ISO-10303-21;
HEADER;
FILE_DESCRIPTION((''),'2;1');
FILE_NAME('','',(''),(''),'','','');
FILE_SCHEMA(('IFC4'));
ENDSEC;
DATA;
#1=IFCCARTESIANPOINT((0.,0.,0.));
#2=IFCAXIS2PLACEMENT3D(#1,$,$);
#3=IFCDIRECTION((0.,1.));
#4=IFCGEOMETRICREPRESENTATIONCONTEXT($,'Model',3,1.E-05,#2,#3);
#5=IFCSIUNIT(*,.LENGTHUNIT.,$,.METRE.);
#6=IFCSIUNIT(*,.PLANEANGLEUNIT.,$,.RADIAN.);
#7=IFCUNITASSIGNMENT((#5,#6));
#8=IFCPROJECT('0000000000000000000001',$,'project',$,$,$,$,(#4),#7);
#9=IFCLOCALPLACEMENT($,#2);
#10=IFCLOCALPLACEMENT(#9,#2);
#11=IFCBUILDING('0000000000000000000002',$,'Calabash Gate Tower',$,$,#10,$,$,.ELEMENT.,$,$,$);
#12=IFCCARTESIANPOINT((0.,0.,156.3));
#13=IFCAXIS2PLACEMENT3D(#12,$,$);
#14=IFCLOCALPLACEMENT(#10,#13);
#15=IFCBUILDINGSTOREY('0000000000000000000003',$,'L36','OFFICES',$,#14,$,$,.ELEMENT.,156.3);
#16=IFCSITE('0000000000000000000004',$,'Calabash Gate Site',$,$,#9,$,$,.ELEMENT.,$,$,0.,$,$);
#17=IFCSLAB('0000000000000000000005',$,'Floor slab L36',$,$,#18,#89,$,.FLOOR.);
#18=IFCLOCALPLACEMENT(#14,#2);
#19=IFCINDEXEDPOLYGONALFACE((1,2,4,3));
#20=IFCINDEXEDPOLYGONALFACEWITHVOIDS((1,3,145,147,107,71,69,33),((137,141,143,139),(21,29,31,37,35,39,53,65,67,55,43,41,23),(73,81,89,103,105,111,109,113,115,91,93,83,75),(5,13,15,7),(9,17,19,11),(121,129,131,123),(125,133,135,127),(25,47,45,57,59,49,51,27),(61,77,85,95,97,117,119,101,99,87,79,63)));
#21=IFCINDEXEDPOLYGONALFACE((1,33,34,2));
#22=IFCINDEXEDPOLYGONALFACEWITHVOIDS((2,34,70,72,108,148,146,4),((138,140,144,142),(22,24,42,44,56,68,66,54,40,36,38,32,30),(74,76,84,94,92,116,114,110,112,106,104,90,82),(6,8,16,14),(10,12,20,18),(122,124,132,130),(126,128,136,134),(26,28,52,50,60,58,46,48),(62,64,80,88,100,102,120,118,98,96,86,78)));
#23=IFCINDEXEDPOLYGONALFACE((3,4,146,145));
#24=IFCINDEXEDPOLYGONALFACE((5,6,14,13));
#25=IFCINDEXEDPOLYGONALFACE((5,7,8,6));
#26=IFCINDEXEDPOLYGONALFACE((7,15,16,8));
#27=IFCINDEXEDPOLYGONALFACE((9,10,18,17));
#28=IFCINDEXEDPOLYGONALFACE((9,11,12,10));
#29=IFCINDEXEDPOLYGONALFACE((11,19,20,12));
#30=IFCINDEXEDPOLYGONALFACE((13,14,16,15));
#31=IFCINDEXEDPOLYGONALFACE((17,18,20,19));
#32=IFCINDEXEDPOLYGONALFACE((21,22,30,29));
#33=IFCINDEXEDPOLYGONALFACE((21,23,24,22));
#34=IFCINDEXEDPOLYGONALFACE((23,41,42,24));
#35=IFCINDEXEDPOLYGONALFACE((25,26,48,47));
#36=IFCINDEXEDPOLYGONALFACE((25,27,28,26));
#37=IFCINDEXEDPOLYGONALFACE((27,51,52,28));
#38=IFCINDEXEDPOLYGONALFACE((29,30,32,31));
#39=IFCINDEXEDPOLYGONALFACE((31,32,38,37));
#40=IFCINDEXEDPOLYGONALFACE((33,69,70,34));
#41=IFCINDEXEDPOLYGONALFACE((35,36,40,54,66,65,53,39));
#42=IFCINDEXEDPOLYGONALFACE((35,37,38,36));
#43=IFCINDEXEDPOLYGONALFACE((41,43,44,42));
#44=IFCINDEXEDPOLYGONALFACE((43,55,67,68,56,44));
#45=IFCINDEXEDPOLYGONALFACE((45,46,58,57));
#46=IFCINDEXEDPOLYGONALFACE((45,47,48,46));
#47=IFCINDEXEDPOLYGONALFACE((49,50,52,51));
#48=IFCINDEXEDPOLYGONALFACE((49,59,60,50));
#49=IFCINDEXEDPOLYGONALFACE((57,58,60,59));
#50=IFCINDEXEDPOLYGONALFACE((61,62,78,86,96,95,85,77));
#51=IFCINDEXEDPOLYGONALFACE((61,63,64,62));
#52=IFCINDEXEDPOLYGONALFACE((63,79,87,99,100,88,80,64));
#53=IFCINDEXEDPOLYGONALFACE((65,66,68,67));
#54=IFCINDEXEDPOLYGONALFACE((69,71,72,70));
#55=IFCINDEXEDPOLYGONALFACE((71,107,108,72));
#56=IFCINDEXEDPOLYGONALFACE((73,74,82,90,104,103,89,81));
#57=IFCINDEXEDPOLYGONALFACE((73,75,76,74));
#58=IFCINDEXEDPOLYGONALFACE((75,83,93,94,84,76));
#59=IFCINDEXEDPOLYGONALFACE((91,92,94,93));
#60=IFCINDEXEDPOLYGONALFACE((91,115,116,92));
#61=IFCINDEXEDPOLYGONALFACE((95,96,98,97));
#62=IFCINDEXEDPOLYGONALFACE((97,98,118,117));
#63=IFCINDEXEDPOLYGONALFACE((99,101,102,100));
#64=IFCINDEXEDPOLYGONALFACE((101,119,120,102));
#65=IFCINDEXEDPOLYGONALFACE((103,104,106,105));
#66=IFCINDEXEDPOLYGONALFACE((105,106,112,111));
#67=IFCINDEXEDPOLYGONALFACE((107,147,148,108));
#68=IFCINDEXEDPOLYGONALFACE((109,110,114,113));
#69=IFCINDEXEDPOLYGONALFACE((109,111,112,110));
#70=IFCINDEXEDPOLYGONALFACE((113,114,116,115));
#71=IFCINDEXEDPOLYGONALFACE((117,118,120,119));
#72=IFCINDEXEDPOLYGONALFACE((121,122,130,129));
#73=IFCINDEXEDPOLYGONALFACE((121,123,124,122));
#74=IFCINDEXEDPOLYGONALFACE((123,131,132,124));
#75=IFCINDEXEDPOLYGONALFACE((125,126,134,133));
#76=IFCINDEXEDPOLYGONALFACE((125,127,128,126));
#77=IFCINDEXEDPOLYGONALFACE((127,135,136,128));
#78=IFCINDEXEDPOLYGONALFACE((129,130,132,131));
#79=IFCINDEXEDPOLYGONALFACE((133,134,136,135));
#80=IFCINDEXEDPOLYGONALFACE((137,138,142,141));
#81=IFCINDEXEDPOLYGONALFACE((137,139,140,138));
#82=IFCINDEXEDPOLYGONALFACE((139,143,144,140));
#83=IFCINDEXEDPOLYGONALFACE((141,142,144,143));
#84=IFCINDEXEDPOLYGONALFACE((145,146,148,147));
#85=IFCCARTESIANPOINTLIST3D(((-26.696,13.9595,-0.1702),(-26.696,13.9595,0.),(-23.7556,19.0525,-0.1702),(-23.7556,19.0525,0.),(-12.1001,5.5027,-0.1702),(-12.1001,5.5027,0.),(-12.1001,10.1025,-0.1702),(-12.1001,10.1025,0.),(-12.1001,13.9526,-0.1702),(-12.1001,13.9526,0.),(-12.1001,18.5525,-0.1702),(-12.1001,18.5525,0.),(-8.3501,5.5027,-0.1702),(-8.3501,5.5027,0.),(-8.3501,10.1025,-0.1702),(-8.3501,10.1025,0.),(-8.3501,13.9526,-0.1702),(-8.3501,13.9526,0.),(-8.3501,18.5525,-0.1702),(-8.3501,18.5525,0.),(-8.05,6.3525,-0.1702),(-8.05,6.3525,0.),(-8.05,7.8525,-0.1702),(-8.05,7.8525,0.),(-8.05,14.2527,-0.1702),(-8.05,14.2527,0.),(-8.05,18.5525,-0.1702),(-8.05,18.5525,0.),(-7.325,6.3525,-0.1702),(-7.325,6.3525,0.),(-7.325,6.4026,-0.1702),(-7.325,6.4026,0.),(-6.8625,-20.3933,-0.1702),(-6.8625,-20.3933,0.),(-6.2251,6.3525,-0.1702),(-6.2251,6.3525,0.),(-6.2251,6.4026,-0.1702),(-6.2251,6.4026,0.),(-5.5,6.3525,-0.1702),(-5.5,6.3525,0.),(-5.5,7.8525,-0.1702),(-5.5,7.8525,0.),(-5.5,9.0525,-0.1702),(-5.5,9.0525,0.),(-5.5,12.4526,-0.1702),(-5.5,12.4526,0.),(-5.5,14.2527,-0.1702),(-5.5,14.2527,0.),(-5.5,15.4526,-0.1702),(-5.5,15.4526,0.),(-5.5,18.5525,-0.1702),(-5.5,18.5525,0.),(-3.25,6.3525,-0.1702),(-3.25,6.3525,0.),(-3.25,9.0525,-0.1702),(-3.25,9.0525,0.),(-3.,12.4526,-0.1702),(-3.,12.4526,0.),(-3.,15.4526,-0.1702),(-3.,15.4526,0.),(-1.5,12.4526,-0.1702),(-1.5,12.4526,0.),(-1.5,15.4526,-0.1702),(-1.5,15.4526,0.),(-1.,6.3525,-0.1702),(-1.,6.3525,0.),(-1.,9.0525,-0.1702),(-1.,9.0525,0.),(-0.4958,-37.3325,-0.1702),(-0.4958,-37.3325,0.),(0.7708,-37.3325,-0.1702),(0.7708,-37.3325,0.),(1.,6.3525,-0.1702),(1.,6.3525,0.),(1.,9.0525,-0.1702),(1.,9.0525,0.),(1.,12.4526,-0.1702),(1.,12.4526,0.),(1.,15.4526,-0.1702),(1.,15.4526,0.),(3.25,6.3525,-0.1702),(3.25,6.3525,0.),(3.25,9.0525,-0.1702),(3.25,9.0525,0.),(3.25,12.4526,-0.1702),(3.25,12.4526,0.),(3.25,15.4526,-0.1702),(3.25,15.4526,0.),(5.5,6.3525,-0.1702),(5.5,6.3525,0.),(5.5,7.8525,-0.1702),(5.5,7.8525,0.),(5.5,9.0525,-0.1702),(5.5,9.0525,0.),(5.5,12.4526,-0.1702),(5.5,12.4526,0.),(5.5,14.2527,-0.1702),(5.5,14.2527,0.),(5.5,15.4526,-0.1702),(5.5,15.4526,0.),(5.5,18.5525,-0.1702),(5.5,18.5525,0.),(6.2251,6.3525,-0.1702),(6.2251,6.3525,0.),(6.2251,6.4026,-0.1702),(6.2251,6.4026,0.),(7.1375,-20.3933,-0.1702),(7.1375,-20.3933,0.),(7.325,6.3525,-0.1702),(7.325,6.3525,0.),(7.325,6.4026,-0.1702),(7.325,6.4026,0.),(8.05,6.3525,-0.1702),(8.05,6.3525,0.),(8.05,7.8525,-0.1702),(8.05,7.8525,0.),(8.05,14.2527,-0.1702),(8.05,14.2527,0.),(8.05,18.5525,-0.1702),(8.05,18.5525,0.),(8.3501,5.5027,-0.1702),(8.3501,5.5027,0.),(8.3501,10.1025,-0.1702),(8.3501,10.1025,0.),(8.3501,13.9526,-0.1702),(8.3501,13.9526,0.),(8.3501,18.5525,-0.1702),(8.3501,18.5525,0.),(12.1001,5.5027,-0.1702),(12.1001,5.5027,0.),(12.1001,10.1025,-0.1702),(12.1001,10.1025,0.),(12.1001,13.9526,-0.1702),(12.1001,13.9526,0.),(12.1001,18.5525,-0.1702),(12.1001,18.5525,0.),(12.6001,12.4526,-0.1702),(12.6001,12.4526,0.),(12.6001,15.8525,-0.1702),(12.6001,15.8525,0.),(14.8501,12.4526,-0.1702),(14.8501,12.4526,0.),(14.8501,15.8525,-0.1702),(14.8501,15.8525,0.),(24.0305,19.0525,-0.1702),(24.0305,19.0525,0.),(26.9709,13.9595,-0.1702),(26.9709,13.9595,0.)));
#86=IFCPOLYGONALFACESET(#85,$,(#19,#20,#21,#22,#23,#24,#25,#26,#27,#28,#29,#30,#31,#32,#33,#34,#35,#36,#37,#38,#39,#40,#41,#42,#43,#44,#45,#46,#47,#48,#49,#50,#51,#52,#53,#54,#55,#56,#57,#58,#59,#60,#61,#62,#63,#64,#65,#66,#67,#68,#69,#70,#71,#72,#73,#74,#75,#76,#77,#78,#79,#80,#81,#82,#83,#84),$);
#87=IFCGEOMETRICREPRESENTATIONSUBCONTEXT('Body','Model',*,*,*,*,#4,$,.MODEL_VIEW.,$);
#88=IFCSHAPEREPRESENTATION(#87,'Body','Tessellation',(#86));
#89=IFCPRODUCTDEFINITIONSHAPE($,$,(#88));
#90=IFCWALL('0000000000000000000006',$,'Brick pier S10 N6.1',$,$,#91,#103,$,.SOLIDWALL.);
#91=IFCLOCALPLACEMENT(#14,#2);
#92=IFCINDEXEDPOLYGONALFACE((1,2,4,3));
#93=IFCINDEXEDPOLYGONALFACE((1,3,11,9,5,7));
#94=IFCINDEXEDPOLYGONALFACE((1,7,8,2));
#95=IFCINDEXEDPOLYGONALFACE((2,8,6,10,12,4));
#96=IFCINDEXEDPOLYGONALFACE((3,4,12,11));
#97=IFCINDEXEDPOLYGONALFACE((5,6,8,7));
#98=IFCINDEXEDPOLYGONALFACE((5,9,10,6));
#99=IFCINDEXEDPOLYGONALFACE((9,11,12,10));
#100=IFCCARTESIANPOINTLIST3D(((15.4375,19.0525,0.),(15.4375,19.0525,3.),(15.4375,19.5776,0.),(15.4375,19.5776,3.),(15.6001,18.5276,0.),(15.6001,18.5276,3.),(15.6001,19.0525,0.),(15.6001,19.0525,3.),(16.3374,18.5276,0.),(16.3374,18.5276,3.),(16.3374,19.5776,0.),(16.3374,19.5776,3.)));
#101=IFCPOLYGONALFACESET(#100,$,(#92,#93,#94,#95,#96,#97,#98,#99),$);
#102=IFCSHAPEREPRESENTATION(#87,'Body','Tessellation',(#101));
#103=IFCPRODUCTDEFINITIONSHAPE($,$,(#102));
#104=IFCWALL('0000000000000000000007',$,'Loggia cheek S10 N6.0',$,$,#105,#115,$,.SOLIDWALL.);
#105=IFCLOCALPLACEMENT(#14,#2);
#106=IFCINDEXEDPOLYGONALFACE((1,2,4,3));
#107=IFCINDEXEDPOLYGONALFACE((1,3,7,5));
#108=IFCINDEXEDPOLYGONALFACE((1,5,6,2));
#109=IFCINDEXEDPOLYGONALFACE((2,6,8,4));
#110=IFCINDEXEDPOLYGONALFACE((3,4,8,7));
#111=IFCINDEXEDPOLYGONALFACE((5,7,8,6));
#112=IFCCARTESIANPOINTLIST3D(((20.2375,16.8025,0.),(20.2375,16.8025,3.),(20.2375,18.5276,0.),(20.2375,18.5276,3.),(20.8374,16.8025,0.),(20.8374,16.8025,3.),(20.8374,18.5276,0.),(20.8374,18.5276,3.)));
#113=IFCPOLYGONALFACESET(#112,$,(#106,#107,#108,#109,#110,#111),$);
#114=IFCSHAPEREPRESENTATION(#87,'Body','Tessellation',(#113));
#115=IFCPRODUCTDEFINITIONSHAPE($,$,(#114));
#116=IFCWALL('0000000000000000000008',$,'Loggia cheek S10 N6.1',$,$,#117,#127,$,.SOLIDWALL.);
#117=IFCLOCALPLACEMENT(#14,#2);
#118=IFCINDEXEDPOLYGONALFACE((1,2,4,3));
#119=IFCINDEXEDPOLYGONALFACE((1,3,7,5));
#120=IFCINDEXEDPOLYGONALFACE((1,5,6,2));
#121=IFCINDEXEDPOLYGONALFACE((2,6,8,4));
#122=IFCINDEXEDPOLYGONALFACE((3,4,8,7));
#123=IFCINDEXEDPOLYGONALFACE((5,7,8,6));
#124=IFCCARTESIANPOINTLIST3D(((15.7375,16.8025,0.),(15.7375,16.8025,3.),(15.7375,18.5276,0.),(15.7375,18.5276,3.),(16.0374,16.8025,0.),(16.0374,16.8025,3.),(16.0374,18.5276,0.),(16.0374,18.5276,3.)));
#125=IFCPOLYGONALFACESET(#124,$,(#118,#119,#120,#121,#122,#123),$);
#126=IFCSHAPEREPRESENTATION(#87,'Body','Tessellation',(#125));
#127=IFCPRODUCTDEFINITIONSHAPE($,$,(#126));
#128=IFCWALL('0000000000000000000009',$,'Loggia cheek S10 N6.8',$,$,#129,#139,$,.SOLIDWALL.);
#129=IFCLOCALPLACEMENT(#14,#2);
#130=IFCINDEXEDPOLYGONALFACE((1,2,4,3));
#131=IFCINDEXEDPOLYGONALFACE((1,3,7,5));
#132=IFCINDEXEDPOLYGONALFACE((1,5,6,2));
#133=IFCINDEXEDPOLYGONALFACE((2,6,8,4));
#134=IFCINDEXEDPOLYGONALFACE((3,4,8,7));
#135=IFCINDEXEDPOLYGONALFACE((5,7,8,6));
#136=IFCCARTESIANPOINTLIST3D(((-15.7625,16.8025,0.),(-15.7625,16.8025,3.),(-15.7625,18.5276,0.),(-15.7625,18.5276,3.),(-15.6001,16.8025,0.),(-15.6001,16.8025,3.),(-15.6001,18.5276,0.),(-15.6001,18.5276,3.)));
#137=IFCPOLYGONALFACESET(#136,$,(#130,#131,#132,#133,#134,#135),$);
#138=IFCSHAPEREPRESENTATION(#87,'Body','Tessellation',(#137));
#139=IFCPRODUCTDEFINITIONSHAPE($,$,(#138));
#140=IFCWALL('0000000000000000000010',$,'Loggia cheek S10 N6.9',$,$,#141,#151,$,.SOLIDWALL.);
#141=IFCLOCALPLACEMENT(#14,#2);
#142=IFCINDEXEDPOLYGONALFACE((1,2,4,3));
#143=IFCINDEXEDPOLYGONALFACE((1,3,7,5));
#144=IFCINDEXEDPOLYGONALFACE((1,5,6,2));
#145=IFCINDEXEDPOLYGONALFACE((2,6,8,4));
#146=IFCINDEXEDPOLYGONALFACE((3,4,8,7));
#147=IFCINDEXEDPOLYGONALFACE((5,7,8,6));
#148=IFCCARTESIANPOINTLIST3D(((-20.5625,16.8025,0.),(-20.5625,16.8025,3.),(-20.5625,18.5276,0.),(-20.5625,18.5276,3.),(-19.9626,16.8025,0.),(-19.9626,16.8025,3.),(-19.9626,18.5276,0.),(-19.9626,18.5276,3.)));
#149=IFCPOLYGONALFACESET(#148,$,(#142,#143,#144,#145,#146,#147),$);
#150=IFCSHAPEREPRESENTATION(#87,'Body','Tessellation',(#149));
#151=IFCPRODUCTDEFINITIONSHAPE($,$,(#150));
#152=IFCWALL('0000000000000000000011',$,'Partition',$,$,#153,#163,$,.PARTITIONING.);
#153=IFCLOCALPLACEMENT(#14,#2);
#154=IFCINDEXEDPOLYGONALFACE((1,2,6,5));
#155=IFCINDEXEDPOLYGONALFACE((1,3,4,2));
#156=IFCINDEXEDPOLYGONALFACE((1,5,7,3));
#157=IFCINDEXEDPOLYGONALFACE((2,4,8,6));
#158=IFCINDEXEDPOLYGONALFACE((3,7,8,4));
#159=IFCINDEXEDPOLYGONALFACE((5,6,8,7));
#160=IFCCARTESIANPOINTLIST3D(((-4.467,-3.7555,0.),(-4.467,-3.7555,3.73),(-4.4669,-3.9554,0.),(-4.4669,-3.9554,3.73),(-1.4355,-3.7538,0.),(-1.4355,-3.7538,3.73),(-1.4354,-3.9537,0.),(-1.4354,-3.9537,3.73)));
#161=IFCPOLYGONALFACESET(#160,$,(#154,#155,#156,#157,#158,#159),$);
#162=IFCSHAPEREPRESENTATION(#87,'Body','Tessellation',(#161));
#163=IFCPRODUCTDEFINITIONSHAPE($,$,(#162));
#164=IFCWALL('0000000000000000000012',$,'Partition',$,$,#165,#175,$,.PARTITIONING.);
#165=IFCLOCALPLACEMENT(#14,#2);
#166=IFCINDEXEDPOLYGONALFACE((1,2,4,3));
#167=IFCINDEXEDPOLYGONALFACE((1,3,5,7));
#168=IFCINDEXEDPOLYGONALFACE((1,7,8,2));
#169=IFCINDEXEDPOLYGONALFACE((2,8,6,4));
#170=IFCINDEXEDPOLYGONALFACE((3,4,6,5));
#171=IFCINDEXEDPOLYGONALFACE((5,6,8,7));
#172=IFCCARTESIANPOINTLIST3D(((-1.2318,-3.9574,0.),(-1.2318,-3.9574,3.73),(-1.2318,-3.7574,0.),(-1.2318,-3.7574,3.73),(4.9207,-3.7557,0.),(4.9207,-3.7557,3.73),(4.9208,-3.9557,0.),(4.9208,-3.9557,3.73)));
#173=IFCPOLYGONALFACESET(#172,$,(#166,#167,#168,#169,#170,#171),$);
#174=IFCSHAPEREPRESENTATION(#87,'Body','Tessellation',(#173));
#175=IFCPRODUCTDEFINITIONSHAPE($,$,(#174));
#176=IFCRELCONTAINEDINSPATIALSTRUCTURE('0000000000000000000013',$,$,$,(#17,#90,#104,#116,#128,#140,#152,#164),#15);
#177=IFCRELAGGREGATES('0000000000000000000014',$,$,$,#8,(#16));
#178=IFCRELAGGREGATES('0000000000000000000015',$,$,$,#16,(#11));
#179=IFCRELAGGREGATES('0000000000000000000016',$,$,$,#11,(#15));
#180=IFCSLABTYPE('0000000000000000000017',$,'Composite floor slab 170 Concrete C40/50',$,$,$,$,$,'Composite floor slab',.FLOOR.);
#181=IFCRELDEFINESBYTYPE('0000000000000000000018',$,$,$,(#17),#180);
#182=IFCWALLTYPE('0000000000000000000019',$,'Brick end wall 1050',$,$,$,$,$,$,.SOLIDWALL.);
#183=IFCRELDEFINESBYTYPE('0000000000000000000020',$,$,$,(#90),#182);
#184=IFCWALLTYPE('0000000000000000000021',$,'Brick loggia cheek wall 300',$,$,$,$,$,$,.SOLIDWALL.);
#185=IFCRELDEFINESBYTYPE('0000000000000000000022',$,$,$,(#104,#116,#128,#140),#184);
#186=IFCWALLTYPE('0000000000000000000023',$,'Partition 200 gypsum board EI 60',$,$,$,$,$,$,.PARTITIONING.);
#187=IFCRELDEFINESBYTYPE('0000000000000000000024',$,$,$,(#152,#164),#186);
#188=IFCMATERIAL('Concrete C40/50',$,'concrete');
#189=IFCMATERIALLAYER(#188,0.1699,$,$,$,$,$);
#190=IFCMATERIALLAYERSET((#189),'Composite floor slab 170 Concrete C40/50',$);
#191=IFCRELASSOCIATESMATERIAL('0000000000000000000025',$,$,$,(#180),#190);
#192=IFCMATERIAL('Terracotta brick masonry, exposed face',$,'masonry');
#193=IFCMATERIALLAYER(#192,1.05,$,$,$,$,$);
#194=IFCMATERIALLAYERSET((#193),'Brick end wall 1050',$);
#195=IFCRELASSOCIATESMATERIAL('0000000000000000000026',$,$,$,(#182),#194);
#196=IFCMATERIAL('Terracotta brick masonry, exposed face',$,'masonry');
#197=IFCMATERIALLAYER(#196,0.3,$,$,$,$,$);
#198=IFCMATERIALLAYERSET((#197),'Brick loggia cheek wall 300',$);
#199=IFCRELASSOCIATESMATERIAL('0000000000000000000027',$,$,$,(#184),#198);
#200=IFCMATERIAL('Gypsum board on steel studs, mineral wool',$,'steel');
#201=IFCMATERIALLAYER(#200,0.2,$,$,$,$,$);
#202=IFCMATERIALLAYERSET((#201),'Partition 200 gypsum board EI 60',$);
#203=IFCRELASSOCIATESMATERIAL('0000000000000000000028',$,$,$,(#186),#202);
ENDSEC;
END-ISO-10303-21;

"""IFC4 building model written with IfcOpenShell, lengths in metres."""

from ifc_helpers import new_model, si_unit, direction, frame, frame_2d, origin, place, context, subcontext, project, spatial, polyline, rectangle, outline, extrude, material, layer, layer_set, type_object, element, save


model = new_model("IFC4")

# Units and contexts
model_context = context("Model", 3, precision=1e-05, world=origin(), true_north=direction((0.0, 1.0)))
body_context = subcontext(model_context, "Body", "Model", "MODEL_VIEW")
ifc_project = project(units=[si_unit("LENGTHUNIT", "METRE"), si_unit("PLANEANGLEUNIT", "RADIAN")], contexts=[model_context])

# Site, building, storey
site_placement = place(None, origin())
site = spatial("IfcSite", under=ifc_project, at=site_placement, Name="Calabash Gate Site", CompositionType="ELEMENT", RefElevation=0.0)
building_placement = place(site_placement, origin())
building = spatial("IfcBuilding", under=site, at=building_placement, Name="Calabash Gate Tower", CompositionType="ELEMENT")
storey_placement = place(building_placement, frame((0.0, 0.0, 156.3)))
storey = spatial("IfcBuildingStorey", under=building, at=storey_placement, Name="L36", Description="OFFICES", CompositionType="ELEMENT", Elevation=156.3)

# Slab
ifc_material_1 = material(Name="Concrete C40/50", Category="concrete")
ifc_layer_1 = layer(ifc_material_1, 0.1699)
ifc_layer_set_1 = layer_set([ifc_layer_1], Name="Composite floor slab 170 Concrete C40/50")
slab_type = type_object("IfcSlabType", Name="Composite floor slab 170 Concrete C40/50", ElementType="Composite floor slab", PredefinedType="FLOOR", material=ifc_layer_set_1)
slab_placement = place(storey_placement, frame((0.0, 0.0, -0.1702)))
element("IfcSlab", 1, at=slab_placement, inside=storey, type_object=slab_type, Name="Floor slab L36", PredefinedType="FLOOR", context=body_context, shape_type="SweptSolid", body=[
    extrude(outline(polyline([(-23.7556, 19.0525), (24.0305, 19.0525), (26.9709, 13.9595), (7.1375, -20.3933), (0.7708, -37.3325), (-0.4958, -37.3325), (-6.8625, -20.3933), (-26.696, 13.9595), (-23.7556, 19.0525)]), holes=[polyline([(-3.25, 9.0525), (-5.5, 9.0525), (-5.5, 7.8525), (-8.05, 7.8525), (-8.05, 6.3525), (-7.325, 6.3525), (-7.325, 6.4026), (-6.2251, 6.4026), (-6.2251, 6.3525), (-5.5, 6.3525), (-3.25, 6.3525), (-1.0, 6.3525), (-1.0, 9.0525), (-3.25, 9.0525)]), polyline([(5.5, 6.3525), (6.2251, 6.3525), (6.2251, 6.4026), (7.325, 6.4026), (7.325, 6.3525), (8.05, 6.3525), (8.05, 7.8525), (5.5, 7.8525), (5.5, 9.0525), (3.25, 9.0525), (1.0, 9.0525), (1.0, 6.3525), (3.25, 6.3525), (5.5, 6.3525)]), polyline([(-5.5, 12.4526), (-3.0, 12.4526), (-3.0, 15.4526), (-5.5, 15.4526), (-5.5, 18.5525), (-8.05, 18.5525), (-8.05, 14.2527), (-5.5, 14.2527), (-5.5, 12.4526)]), polyline([(-1.5, 15.4526), (-1.5, 12.4526), (1.0, 12.4526), (3.25, 12.4526), (5.5, 12.4526), (5.5, 14.2527), (8.05, 14.2527), (8.05, 18.5525), (5.5, 18.5525), (5.5, 15.4526), (3.25, 15.4526), (1.0, 15.4526), (-1.5, 15.4526)]), polyline([(14.8501, 15.8525), (12.6001, 15.8525), (12.6001, 12.4526), (14.8501, 12.4526), (14.8501, 15.8525)]), polyline([(-8.3501, 18.5525), (-12.1001, 18.5525), (-12.1001, 13.9526), (-8.3501, 13.9526), (-8.3501, 18.5525)]), polyline([(-12.1001, 10.1025), (-12.1001, 5.5027), (-8.3501, 5.5027), (-8.3501, 10.1025), (-12.1001, 10.1025)]), polyline([(8.3501, 13.9526), (12.1001, 13.9526), (12.1001, 18.5525), (8.3501, 18.5525), (8.3501, 13.9526)]), polyline([(12.1001, 5.5027), (12.1001, 10.1025), (8.3501, 10.1025), (8.3501, 5.5027), (12.1001, 5.5027)])]), origin(), (0.0, 0.0, 1.0), 0.1702),
])

# Walls
ifc_material_2 = material(Name="Terracotta brick masonry, exposed face", Category="masonry")
ifc_layer_2 = layer(ifc_material_2, 1.05)
ifc_layer_set_2 = layer_set([ifc_layer_2], Name="Brick end wall 1050")
wall_type_1 = type_object("IfcWallType", Name="Brick end wall 1050", PredefinedType="SOLIDWALL", material=ifc_layer_set_2)
wall_1_placement = place(storey_placement, origin())
element("IfcWall", 2, at=wall_1_placement, inside=storey, type_object=wall_type_1, Name="Brick pier S10 N6.1", PredefinedType="SOLIDWALL", context=body_context, shape_type="SweptSolid", body=[
    extrude(outline(polyline([(16.3374, 18.5276), (16.3374, 19.5776), (15.4375, 19.5776), (15.4375, 19.0525), (15.6001, 19.0525), (15.6001, 18.5276), (16.3374, 18.5276)])), origin(), (0.0, 0.0, 1.0), 3.0),
])
ifc_material_3 = material(Name="Terracotta brick masonry, exposed face", Category="masonry")
ifc_layer_3 = layer(ifc_material_3, 0.3)
ifc_layer_set_3 = layer_set([ifc_layer_3], Name="Brick loggia cheek wall 300")
wall_type_2 = type_object("IfcWallType", Name="Brick loggia cheek wall 300", PredefinedType="SOLIDWALL", material=ifc_layer_set_3)
wall_2_placement = place(storey_placement, origin())
element("IfcWall", 3, at=wall_2_placement, inside=storey, type_object=wall_type_2, Name="Loggia cheek S10 N6.0", PredefinedType="SOLIDWALL", context=body_context, shape_type="SweptSolid", body=[
    extrude(outline(polyline([(20.8374, 16.8025), (20.8374, 18.5276), (20.2375, 18.5276), (20.2375, 16.8025), (20.8374, 16.8025)])), origin(), (0.0, 0.0, 1.0), 3.0),
])
wall_3_placement = place(storey_placement, origin())
element("IfcWall", 4, at=wall_3_placement, inside=storey, type_object=wall_type_2, Name="Loggia cheek S10 N6.1", PredefinedType="SOLIDWALL", context=body_context, shape_type="SweptSolid", body=[
    extrude(outline(polyline([(15.7375, 18.5276), (15.7375, 16.8025), (16.0374, 16.8025), (16.0374, 18.5276), (15.7375, 18.5276)])), origin(), (0.0, 0.0, 1.0), 3.0),
])
wall_4_placement = place(storey_placement, origin())
element("IfcWall", 5, at=wall_4_placement, inside=storey, type_object=wall_type_2, Name="Loggia cheek S10 N6.8", PredefinedType="SOLIDWALL", context=body_context, shape_type="SweptSolid", body=[
    extrude(outline(polyline([(-15.7625, 16.8025), (-15.6001, 16.8025), (-15.6001, 18.5276), (-15.7625, 18.5276), (-15.7625, 16.8025)])), origin(), (0.0, 0.0, 1.0), 3.0),
])
wall_5_placement = place(storey_placement, origin())
element("IfcWall", 6, at=wall_5_placement, inside=storey, type_object=wall_type_2, Name="Loggia cheek S10 N6.9", PredefinedType="SOLIDWALL", context=body_context, shape_type="SweptSolid", body=[
    extrude(outline(polyline([(-20.5625, 18.5276), (-20.5625, 16.8025), (-19.9626, 16.8025), (-19.9626, 18.5276), (-20.5625, 18.5276)])), origin(), (0.0, 0.0, 1.0), 3.0),
])
ifc_material_4 = material(Name="Gypsum board on steel studs, mineral wool", Category="steel")
ifc_layer_4 = layer(ifc_material_4, 0.2)
ifc_layer_set_4 = layer_set([ifc_layer_4], Name="Partition 200 gypsum board EI 60")
wall_type_3 = type_object("IfcWallType", Name="Partition 200 gypsum board EI 60", PredefinedType="PARTITIONING", material=ifc_layer_set_4)
wall_6_placement = place(storey_placement, frame((-4.4668, -3.8555, 0.0), z_axis=(0.0, 0.0, 1.0), x_axis=(1.0, 0.000564, 0.0)))
element("IfcWall", 7, at=wall_6_placement, inside=storey, type_object=wall_type_3, Name="Partition", PredefinedType="PARTITIONING", context=body_context, shape_type="SweptSolid", body=[
    extrude(rectangle(XDim=3.0315, YDim=0.2, at=frame_2d((1.5156, 0.0))), origin(), (0.0, 0.0, 1.0), 3.73),
])
wall_7_placement = place(storey_placement, frame((-1.2317, -3.8574, 0.0), z_axis=(0.0, 0.0, 1.0), x_axis=(1.0, 0.000278, 0.0)))
element("IfcWall", 8, at=wall_7_placement, inside=storey, type_object=wall_type_3, Name="Partition", PredefinedType="PARTITIONING", context=body_context, shape_type="SweptSolid", body=[
    extrude(rectangle(XDim=6.1526, YDim=0.2, at=frame_2d((3.0762, 0.0))), origin(), (0.0, 0.0, 1.0), 3.73),
])

save(model, "model.ifc")
